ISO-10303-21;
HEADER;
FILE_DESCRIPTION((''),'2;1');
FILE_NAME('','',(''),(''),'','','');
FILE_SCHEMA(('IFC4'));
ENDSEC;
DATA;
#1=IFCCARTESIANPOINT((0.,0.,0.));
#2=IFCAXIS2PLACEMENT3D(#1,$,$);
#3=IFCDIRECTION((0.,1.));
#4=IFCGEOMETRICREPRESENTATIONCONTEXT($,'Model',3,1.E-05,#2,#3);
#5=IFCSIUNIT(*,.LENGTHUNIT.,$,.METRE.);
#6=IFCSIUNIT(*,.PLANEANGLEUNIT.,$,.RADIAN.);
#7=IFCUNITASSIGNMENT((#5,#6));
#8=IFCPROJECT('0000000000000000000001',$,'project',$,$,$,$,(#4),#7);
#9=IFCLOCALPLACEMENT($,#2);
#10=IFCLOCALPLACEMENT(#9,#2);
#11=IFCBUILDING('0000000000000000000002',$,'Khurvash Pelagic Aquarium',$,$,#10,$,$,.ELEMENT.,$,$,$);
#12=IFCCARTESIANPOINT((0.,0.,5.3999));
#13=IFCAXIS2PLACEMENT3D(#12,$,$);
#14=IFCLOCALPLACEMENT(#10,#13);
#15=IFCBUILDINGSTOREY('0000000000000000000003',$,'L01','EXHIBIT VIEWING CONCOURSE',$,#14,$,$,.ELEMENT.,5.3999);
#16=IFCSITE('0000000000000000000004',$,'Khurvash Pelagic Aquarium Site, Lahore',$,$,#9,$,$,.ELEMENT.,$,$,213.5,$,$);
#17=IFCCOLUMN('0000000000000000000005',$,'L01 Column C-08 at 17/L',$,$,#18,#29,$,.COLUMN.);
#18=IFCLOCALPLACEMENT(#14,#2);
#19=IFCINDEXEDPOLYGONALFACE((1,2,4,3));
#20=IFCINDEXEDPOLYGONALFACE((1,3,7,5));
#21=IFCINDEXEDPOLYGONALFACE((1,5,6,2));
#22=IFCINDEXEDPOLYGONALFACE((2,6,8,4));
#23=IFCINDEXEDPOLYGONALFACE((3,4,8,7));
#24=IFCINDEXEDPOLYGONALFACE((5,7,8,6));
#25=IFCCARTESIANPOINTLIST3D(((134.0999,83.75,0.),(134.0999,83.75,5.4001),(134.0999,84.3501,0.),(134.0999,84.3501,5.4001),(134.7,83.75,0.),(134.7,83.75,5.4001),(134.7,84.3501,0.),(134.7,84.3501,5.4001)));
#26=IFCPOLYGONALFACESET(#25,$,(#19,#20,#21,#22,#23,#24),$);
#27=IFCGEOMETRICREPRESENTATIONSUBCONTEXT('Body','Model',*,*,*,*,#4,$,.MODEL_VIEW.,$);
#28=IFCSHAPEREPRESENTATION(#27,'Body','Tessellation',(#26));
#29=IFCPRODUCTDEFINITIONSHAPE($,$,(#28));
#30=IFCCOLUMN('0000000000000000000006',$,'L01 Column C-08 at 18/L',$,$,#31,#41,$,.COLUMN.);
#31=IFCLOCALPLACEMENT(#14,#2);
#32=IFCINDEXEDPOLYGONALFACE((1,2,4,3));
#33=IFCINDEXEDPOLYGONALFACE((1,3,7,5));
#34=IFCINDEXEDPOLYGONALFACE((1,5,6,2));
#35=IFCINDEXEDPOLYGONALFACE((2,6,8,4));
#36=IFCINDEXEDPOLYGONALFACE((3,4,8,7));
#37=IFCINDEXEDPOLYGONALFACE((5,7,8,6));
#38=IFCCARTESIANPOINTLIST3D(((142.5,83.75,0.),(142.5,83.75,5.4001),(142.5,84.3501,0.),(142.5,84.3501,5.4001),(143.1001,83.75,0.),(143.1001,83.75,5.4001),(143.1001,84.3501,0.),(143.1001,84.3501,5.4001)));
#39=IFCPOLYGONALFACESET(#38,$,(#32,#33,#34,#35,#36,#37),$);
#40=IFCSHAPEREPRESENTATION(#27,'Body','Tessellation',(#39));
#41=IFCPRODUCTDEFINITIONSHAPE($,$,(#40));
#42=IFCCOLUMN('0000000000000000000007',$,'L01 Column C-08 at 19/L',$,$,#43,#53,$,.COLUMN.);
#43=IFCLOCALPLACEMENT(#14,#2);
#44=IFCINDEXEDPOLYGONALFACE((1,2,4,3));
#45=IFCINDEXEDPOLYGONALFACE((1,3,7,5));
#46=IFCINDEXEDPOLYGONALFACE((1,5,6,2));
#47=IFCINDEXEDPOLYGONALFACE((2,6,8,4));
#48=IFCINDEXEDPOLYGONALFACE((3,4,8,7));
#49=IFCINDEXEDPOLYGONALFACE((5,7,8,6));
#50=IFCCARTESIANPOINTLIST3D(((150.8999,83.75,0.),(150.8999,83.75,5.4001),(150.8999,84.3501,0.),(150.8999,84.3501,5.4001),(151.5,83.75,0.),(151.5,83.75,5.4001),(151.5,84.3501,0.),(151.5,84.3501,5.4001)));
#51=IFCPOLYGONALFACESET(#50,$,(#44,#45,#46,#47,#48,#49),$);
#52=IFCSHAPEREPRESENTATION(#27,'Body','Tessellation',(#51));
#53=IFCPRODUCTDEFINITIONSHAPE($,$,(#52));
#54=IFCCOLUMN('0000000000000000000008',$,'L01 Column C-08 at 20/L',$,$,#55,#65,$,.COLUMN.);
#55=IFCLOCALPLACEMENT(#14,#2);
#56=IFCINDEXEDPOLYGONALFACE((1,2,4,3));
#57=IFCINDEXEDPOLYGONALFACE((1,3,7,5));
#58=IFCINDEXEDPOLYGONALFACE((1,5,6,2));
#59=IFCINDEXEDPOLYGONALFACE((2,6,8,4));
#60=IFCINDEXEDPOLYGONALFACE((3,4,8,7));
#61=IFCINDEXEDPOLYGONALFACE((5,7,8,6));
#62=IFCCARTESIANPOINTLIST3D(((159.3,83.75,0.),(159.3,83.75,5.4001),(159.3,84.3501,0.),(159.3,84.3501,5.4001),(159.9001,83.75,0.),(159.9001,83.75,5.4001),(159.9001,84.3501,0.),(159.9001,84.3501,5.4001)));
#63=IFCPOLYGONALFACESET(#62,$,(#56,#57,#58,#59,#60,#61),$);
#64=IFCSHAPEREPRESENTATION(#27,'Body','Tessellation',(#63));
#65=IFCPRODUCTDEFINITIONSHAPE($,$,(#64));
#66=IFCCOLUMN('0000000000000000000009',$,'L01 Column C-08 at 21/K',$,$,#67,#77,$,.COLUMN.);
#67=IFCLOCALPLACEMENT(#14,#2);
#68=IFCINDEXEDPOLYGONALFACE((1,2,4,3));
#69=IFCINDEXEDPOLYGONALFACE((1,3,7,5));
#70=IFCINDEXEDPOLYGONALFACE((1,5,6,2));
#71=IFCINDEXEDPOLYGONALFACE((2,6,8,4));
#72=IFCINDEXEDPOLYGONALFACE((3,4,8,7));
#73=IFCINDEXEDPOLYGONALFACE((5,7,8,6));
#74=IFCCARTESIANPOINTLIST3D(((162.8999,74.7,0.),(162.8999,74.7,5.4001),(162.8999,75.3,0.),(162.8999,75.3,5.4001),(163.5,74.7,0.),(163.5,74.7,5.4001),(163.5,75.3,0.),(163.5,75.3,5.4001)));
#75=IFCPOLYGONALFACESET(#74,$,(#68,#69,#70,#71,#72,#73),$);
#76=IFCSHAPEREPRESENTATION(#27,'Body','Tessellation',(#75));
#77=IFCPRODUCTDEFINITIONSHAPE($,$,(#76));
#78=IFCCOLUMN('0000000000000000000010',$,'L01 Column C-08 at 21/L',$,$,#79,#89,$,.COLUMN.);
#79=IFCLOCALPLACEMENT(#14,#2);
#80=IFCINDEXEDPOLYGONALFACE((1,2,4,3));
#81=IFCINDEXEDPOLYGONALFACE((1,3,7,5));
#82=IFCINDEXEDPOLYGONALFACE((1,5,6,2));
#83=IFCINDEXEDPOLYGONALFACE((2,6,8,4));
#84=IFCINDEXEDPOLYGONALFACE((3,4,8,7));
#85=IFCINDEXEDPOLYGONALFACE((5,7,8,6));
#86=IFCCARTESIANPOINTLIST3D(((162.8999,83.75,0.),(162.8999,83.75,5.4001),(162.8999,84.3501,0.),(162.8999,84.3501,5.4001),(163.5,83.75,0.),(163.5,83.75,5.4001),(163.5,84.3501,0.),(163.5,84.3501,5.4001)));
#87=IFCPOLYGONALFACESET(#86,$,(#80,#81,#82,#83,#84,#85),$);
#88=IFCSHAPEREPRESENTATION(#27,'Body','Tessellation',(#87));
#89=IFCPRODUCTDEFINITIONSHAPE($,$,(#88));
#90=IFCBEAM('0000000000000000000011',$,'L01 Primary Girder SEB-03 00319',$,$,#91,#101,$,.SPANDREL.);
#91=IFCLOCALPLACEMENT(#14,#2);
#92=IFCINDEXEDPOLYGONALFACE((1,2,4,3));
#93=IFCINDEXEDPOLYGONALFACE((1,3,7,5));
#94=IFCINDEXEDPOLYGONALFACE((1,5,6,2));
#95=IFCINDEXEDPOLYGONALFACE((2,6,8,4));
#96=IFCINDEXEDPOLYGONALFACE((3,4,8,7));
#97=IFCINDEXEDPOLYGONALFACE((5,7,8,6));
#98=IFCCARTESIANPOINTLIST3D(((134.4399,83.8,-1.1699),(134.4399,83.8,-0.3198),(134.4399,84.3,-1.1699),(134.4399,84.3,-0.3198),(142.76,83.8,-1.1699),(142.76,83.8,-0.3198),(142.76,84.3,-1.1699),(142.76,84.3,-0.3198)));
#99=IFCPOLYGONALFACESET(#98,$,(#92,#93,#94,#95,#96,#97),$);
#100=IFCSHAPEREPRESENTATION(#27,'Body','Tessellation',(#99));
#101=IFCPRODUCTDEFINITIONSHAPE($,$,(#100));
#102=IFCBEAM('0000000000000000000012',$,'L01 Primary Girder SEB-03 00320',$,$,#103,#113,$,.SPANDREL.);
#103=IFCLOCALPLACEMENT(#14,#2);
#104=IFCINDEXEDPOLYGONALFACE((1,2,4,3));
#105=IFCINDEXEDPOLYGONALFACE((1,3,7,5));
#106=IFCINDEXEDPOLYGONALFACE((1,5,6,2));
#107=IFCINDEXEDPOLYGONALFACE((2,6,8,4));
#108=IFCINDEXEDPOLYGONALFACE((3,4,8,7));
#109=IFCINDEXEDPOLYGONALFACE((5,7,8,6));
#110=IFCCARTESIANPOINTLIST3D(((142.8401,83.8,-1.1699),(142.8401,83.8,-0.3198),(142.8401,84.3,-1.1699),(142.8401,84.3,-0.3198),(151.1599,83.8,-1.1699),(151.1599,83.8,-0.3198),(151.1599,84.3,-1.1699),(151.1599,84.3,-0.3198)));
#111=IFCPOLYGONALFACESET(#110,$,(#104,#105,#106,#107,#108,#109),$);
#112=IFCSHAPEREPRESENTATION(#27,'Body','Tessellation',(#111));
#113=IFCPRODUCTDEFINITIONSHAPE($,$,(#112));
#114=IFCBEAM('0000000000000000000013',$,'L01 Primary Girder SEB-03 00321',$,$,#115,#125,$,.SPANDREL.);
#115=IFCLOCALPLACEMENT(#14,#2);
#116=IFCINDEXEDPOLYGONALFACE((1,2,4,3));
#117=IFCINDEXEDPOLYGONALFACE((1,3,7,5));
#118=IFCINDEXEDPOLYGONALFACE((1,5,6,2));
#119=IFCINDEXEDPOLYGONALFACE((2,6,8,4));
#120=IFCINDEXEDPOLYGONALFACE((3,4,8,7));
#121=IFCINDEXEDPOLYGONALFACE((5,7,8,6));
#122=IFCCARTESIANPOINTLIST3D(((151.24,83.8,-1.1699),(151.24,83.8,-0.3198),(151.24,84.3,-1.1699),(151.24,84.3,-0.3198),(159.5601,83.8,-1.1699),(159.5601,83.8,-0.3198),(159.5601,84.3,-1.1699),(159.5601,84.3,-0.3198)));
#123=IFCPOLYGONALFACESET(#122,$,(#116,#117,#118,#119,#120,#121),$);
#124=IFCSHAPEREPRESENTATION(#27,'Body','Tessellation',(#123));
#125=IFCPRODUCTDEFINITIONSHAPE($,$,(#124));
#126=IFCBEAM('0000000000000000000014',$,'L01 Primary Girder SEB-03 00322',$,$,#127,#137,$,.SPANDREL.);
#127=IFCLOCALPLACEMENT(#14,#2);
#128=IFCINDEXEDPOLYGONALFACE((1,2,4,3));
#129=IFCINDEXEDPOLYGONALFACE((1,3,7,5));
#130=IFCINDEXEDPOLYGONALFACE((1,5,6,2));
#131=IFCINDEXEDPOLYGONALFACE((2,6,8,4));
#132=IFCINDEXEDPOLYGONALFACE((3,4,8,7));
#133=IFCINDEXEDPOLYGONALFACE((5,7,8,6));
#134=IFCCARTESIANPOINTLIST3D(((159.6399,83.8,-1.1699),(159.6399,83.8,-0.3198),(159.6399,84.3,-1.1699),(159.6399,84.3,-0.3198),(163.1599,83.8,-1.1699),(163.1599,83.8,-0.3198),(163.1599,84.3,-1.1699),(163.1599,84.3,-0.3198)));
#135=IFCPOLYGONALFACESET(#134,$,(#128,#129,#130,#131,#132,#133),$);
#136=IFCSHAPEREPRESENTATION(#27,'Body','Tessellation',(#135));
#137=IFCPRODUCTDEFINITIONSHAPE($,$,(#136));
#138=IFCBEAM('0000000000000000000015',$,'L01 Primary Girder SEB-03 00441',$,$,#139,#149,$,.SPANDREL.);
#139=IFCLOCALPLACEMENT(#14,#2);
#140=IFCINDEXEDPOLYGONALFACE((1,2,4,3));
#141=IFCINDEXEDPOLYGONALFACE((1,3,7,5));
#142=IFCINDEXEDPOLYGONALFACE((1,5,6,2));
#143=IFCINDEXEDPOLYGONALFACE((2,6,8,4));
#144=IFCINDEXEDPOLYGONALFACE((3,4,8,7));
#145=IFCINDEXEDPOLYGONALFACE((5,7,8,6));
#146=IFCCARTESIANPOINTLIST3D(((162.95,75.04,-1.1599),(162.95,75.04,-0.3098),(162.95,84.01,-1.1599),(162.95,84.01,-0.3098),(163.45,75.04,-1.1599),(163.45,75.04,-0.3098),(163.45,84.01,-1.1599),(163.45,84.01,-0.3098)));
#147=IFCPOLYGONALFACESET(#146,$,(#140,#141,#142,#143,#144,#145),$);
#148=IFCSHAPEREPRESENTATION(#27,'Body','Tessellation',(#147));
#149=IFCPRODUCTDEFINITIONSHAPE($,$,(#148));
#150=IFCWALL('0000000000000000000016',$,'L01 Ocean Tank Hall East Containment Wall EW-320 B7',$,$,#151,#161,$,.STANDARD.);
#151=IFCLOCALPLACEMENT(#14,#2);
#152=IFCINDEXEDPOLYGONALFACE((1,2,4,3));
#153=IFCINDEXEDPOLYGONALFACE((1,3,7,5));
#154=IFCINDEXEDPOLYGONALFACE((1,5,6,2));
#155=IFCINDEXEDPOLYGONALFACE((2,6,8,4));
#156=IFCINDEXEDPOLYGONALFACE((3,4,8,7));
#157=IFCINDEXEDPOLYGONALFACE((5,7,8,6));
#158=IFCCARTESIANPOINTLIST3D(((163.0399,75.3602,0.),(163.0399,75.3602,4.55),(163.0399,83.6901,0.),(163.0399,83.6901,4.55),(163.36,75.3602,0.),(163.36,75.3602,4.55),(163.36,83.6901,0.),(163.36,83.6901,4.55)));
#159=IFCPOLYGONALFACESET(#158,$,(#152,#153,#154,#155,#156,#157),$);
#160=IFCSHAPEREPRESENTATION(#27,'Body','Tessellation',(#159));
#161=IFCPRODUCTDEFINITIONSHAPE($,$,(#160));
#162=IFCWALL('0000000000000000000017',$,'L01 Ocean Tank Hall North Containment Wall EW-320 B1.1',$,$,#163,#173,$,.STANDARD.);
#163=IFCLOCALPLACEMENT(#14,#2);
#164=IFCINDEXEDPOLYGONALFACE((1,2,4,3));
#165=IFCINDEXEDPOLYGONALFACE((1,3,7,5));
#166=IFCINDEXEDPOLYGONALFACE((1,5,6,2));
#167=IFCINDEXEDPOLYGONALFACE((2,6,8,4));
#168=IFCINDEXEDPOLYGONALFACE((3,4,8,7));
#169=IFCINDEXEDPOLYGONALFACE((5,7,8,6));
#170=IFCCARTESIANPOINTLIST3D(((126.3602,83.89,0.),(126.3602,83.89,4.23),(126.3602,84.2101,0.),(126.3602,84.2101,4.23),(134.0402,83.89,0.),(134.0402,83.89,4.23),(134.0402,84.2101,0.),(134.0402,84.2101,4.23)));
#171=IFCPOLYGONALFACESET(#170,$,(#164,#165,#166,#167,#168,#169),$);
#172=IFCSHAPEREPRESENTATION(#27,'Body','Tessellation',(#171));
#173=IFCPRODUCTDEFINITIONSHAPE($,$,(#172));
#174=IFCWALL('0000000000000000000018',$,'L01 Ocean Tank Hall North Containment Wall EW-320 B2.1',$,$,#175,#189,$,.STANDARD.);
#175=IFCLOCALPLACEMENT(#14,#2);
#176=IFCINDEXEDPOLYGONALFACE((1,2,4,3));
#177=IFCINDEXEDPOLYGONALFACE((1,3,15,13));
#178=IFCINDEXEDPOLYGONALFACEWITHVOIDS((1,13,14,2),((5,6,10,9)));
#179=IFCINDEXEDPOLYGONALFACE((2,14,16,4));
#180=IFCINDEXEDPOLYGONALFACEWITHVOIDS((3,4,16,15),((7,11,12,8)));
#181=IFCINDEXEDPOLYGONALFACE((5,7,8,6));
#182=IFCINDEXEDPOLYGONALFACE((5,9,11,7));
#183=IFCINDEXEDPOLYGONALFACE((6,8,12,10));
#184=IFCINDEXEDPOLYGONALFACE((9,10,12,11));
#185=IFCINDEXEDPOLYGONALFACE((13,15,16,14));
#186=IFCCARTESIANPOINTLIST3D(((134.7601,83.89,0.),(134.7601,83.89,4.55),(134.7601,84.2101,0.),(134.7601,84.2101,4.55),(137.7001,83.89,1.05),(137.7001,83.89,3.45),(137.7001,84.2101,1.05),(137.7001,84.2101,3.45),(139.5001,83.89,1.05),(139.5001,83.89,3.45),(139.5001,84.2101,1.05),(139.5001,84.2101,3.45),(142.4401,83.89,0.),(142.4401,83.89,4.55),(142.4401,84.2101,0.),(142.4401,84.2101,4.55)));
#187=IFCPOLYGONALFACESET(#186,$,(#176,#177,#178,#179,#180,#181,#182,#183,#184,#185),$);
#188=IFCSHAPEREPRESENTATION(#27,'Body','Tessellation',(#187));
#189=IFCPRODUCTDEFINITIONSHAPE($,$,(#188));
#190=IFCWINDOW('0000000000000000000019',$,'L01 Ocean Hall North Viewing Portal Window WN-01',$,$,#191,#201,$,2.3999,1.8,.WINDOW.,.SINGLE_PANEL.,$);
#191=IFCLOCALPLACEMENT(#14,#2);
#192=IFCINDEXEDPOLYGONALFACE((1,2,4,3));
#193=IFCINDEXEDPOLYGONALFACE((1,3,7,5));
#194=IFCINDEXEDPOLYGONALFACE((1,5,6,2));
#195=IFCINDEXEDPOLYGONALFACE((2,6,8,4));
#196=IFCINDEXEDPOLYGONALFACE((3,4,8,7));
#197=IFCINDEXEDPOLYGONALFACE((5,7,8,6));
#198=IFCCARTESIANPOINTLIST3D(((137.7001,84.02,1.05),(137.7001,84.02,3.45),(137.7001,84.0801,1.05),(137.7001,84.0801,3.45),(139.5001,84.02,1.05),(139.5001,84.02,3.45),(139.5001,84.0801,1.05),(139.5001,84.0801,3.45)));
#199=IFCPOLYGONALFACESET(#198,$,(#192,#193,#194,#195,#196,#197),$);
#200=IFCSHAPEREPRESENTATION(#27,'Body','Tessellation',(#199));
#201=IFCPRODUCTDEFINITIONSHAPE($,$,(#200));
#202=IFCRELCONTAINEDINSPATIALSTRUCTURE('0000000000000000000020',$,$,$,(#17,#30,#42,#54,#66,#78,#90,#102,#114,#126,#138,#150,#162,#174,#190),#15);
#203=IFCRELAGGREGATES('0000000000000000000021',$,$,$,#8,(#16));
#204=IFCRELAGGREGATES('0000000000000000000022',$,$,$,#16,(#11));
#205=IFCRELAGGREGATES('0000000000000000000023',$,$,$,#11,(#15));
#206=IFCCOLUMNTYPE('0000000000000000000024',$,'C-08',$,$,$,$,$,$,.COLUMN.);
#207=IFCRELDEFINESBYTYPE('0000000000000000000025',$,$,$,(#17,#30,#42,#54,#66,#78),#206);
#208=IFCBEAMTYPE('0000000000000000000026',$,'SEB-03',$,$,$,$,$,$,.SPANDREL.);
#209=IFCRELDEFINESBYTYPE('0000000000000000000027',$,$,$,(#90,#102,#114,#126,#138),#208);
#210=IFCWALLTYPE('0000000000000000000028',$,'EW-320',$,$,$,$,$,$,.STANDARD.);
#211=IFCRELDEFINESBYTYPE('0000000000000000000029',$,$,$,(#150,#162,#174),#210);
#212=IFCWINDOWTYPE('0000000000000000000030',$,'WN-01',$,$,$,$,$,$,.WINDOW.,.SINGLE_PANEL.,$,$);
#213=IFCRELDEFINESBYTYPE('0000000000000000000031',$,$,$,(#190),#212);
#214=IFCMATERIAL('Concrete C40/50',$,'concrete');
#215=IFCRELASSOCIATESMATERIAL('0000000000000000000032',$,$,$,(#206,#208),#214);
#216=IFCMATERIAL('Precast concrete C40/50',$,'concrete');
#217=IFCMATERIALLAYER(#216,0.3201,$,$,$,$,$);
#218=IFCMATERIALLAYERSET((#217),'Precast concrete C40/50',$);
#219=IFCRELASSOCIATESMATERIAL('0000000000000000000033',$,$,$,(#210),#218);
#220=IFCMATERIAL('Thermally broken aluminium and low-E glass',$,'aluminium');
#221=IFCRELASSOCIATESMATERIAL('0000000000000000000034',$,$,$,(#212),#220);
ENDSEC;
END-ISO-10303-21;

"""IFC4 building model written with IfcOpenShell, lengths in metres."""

from ifc_helpers import new_model, si_unit, direction, frame, frame_2d, origin, origin_2d, place, context, subcontext, project, spatial, rectangle, extrude, material, layer, layer_set, material_profile, profile_set, type_object, element, fill, save


model = new_model("IFC4")

# Units and contexts
model_context = context("Model", 3, precision=1e-05, world=origin(), true_north=direction((0.0, 1.0)))
body_context = subcontext(model_context, "Body", "Model", "MODEL_VIEW")
ifc_project = project(units=[si_unit("LENGTHUNIT", "METRE"), si_unit("PLANEANGLEUNIT", "RADIAN")], contexts=[model_context])

# Site, building, storey
site_placement = place(None, origin())
site = spatial("IfcSite", under=ifc_project, at=site_placement, Name="Khurvash Pelagic Aquarium Site, Lahore", CompositionType="ELEMENT", RefElevation=213.5)
building_placement = place(site_placement, origin())
building = spatial("IfcBuilding", under=site, at=building_placement, Name="Khurvash Pelagic Aquarium", CompositionType="ELEMENT")
storey_placement = place(building_placement, frame((0.0, 0.0, 5.3999)))
storey = spatial("IfcBuildingStorey", under=building, at=storey_placement, Name="L01", Description="EXHIBIT VIEWING CONCOURSE", CompositionType="ELEMENT", Elevation=5.3999)

# Columns
ifc_material_1 = material(Name="Concrete C40/50", Category="concrete")
ifc_material_profile_1 = material_profile(ifc_material_1, rectangle(XDim=0.6001, YDim=0.6001, at=origin_2d()), Name="RC600X600")
ifc_profile_set_1 = profile_set([ifc_material_profile_1], Name="Concrete C40/50")
column_type = type_object("IfcColumnType", Name="C-08", PredefinedType="COLUMN", material=ifc_profile_set_1)
for number, where, z_axis, x_axis, name in (
    (1, (134.3999, 84.05, 0.0), (0.0, 0.0, 1.0), (1.0, 0.0, 0.0), "L01 Column C-08 at 17/L"),
    (2, (142.8, 84.05, 0.0), (0.0, 0.0, 1.0), (1.0, 0.0, 0.0), "L01 Column C-08 at 18/L"),
    (3, (151.2, 84.05, 0.0), (0.0, 0.0, 1.0), (1.0, 0.0, 0.0), "L01 Column C-08 at 19/L"),
    (4, (159.6001, 84.05, 0.0), (0.0, 0.0, 1.0), (1.0, 0.0, 0.0), "L01 Column C-08 at 20/L"),
    (5, (163.2, 75.0, 0.0), (0.0, 0.0, 1.0), (1.0, 0.0, 0.0), "L01 Column C-08 at 21/K"),
    (6, (163.2, 84.05, 0.0), (0.0, 0.0, 1.0), (1.0, 0.0, 0.0), "L01 Column C-08 at 21/L"),
):
    element("IfcColumn", number, at=place(storey_placement, frame(where, z_axis=z_axis, x_axis=x_axis)), inside=storey, type_object=column_type, Name=name, PredefinedType="COLUMN", context=body_context, shape_type="SweptSolid", body=[
        extrude(rectangle(XDim=0.6001, YDim=0.6001, at=origin_2d()), origin(), (0.0, 0.0, 1.0), 5.4001),
    ])

# Beams
ifc_material_profile_2 = material_profile(ifc_material_1, rectangle(XDim=0.5, YDim=0.8501, at=origin_2d()), Name="RC500X850")
ifc_profile_set_2 = profile_set([ifc_material_profile_2], Name="Concrete C40/50")
beam_type = type_object("IfcBeamType", Name="SEB-03", PredefinedType="SPANDREL", material=ifc_profile_set_2)
beam_1_placement = place(storey_placement, frame((134.4399, 84.05, -0.7449), z_axis=(1.0, 0.0, 0.0), x_axis=(0.0, 1.0, 0.0)))
element("IfcBeam", 7, at=beam_1_placement, inside=storey, type_object=beam_type, Name="L01 Primary Girder SEB-03 00319", PredefinedType="SPANDREL", context=body_context, shape_type="SweptSolid", body=[
    extrude(rectangle(XDim=0.5, YDim=0.8501, at=origin_2d()), origin(), (0.0, 0.0, 1.0), 8.3201),
])
beam_2_placement = place(storey_placement, frame((142.8401, 84.05, -0.7449), z_axis=(1.0, 0.0, 0.0), x_axis=(0.0, 1.0, 0.0)))
element("IfcBeam", 8, at=beam_2_placement, inside=storey, type_object=beam_type, Name="L01 Primary Girder SEB-03 00320", PredefinedType="SPANDREL", context=body_context, shape_type="SweptSolid", body=[
    extrude(rectangle(XDim=0.5, YDim=0.8501, at=origin_2d()), origin(), (0.0, 0.0, 1.0), 8.3198),
])
beam_3_placement = place(storey_placement, frame((151.24, 84.05, -0.7449), z_axis=(1.0, 0.0, 0.0), x_axis=(0.0, 1.0, 0.0)))
element("IfcBeam", 9, at=beam_3_placement, inside=storey, type_object=beam_type, Name="L01 Primary Girder SEB-03 00321", PredefinedType="SPANDREL", context=body_context, shape_type="SweptSolid", body=[
    extrude(rectangle(XDim=0.5, YDim=0.8501, at=origin_2d()), origin(), (0.0, 0.0, 1.0), 8.3201),
])
beam_4_placement = place(storey_placement, frame((159.6399, 84.05, -0.7449), z_axis=(1.0, 0.0, 0.0), x_axis=(0.0, 1.0, 0.0)))
element("IfcBeam", 10, at=beam_4_placement, inside=storey, type_object=beam_type, Name="L01 Primary Girder SEB-03 00322", PredefinedType="SPANDREL", context=body_context, shape_type="SweptSolid", body=[
    extrude(rectangle(XDim=0.5, YDim=0.8501, at=origin_2d()), origin(), (0.0, 0.0, 1.0), 3.52),
])
beam_5_placement = place(storey_placement, frame((163.2, 75.04, -0.7349), z_axis=(0.0, 1.0, 0.0), x_axis=(-1.0, 0.0, 0.0)))
element("IfcBeam", 11, at=beam_5_placement, inside=storey, type_object=beam_type, Name="L01 Primary Girder SEB-03 00441", PredefinedType="SPANDREL", context=body_context, shape_type="SweptSolid", body=[
    extrude(rectangle(XDim=0.5, YDim=0.8501, at=origin_2d()), origin(), (0.0, 0.0, 1.0), 8.97),
])

# Walls
ifc_material_2 = material(Name="Precast concrete C40/50", Category="concrete")
ifc_layer_1 = layer(ifc_material_2, 0.3201)
ifc_layer_set_1 = layer_set([ifc_layer_1], Name="Precast concrete C40/50")
wall_type_1 = type_object("IfcWallType", Name="EW-320", PredefinedType="STANDARD", material=ifc_layer_set_1)
wall_1_placement = place(storey_placement, frame((163.2, 75.3601, 0.0), z_axis=(0.0, 0.0, 1.0), x_axis=(0.0, 1.0, 0.0)))
element("IfcWall", 12, at=wall_1_placement, inside=storey, type_object=wall_type_1, Name="L01 Ocean Tank Hall East Containment Wall EW-320 B7", PredefinedType="STANDARD", context=body_context, shape_type="SweptSolid", body=[
    extrude(rectangle(XDim=8.3298, YDim=0.3201, at=frame_2d((4.165, 0.0))), origin(), (0.0, 0.0, 1.0), 4.55),
])
wall_2_placement = place(storey_placement, frame((134.04, 84.05, 0.0), z_axis=(0.0, 0.0, 1.0), x_axis=(-1.0, 0.0, 0.0)))
element("IfcWall", 13, at=wall_2_placement, inside=storey, type_object=wall_type_1, Name="L01 Ocean Tank Hall North Containment Wall EW-320 B1.1", PredefinedType="STANDARD", context=body_context, shape_type="SweptSolid", body=[
    extrude(rectangle(XDim=7.6799, YDim=0.3201, at=frame_2d((3.8398, 0.0))), origin(), (0.0, 0.0, 1.0), 4.23),
])

# Wall, opening, window
wall_3_placement = place(storey_placement, frame((142.4399, 84.05, 0.0), z_axis=(0.0, 0.0, 1.0), x_axis=(-1.0, 0.0, 0.0)))
wall_3 = element("IfcWall", 14, at=wall_3_placement, inside=storey, type_object=wall_type_1, Name="L01 Ocean Tank Hall North Containment Wall EW-320 B2.1", PredefinedType="STANDARD", context=body_context, shape_type="SweptSolid", body=[
    extrude(rectangle(XDim=7.6799, YDim=0.3201, at=frame_2d((3.8398, 0.0))), origin(), (0.0, 0.0, 1.0), 4.55),
])
opening_1_placement = place(wall_3_placement, frame((2.9399, 0.0, 1.05)))
opening_1 = element("IfcOpeningElement", 15, at=opening_1_placement, cuts=wall_3, PredefinedType="OPENING", context=body_context, shape_type="SweptSolid", body=[
    extrude(rectangle(XDim=1.8, YDim=2.3999, at=frame_2d((0.8999, 1.2))), frame((0.0, 0.1699, 0.0), z_axis=(0.0, -1.0, 0.0), x_axis=(1.0, 0.0, 0.0)), (0.0, 0.0, 1.0), 0.3401),
])
ifc_material_3 = material(Name="Thermally broken aluminium and low-E glass", Category="aluminium")
window_type = type_object("IfcWindowType", Name="WN-01", PartitioningType="SINGLE_PANEL", PredefinedType="WINDOW", material=ifc_material_3)
window_1_placement = place(opening_1_placement, origin())
window_1 = element("IfcWindow", 16, at=window_1_placement, inside=storey, type_object=window_type, Name="L01 Ocean Hall North Viewing Portal Window WN-01", OverallHeight=2.3999, OverallWidth=1.8, PartitioningType="SINGLE_PANEL", PredefinedType="WINDOW", context=body_context, shape_type="SweptSolid", body=[
    extrude(rectangle(XDim=1.8, YDim=2.3999, at=frame_2d((0.8999, 1.2))), frame((0.0, 0.03, 0.0), z_axis=(0.0, -1.0, 0.0), x_axis=(1.0, 0.0, 0.0)), (0.0, 0.0, 1.0), 0.0601),
])
fill(opening_1, window_1)

save(model, "model.ifc")
